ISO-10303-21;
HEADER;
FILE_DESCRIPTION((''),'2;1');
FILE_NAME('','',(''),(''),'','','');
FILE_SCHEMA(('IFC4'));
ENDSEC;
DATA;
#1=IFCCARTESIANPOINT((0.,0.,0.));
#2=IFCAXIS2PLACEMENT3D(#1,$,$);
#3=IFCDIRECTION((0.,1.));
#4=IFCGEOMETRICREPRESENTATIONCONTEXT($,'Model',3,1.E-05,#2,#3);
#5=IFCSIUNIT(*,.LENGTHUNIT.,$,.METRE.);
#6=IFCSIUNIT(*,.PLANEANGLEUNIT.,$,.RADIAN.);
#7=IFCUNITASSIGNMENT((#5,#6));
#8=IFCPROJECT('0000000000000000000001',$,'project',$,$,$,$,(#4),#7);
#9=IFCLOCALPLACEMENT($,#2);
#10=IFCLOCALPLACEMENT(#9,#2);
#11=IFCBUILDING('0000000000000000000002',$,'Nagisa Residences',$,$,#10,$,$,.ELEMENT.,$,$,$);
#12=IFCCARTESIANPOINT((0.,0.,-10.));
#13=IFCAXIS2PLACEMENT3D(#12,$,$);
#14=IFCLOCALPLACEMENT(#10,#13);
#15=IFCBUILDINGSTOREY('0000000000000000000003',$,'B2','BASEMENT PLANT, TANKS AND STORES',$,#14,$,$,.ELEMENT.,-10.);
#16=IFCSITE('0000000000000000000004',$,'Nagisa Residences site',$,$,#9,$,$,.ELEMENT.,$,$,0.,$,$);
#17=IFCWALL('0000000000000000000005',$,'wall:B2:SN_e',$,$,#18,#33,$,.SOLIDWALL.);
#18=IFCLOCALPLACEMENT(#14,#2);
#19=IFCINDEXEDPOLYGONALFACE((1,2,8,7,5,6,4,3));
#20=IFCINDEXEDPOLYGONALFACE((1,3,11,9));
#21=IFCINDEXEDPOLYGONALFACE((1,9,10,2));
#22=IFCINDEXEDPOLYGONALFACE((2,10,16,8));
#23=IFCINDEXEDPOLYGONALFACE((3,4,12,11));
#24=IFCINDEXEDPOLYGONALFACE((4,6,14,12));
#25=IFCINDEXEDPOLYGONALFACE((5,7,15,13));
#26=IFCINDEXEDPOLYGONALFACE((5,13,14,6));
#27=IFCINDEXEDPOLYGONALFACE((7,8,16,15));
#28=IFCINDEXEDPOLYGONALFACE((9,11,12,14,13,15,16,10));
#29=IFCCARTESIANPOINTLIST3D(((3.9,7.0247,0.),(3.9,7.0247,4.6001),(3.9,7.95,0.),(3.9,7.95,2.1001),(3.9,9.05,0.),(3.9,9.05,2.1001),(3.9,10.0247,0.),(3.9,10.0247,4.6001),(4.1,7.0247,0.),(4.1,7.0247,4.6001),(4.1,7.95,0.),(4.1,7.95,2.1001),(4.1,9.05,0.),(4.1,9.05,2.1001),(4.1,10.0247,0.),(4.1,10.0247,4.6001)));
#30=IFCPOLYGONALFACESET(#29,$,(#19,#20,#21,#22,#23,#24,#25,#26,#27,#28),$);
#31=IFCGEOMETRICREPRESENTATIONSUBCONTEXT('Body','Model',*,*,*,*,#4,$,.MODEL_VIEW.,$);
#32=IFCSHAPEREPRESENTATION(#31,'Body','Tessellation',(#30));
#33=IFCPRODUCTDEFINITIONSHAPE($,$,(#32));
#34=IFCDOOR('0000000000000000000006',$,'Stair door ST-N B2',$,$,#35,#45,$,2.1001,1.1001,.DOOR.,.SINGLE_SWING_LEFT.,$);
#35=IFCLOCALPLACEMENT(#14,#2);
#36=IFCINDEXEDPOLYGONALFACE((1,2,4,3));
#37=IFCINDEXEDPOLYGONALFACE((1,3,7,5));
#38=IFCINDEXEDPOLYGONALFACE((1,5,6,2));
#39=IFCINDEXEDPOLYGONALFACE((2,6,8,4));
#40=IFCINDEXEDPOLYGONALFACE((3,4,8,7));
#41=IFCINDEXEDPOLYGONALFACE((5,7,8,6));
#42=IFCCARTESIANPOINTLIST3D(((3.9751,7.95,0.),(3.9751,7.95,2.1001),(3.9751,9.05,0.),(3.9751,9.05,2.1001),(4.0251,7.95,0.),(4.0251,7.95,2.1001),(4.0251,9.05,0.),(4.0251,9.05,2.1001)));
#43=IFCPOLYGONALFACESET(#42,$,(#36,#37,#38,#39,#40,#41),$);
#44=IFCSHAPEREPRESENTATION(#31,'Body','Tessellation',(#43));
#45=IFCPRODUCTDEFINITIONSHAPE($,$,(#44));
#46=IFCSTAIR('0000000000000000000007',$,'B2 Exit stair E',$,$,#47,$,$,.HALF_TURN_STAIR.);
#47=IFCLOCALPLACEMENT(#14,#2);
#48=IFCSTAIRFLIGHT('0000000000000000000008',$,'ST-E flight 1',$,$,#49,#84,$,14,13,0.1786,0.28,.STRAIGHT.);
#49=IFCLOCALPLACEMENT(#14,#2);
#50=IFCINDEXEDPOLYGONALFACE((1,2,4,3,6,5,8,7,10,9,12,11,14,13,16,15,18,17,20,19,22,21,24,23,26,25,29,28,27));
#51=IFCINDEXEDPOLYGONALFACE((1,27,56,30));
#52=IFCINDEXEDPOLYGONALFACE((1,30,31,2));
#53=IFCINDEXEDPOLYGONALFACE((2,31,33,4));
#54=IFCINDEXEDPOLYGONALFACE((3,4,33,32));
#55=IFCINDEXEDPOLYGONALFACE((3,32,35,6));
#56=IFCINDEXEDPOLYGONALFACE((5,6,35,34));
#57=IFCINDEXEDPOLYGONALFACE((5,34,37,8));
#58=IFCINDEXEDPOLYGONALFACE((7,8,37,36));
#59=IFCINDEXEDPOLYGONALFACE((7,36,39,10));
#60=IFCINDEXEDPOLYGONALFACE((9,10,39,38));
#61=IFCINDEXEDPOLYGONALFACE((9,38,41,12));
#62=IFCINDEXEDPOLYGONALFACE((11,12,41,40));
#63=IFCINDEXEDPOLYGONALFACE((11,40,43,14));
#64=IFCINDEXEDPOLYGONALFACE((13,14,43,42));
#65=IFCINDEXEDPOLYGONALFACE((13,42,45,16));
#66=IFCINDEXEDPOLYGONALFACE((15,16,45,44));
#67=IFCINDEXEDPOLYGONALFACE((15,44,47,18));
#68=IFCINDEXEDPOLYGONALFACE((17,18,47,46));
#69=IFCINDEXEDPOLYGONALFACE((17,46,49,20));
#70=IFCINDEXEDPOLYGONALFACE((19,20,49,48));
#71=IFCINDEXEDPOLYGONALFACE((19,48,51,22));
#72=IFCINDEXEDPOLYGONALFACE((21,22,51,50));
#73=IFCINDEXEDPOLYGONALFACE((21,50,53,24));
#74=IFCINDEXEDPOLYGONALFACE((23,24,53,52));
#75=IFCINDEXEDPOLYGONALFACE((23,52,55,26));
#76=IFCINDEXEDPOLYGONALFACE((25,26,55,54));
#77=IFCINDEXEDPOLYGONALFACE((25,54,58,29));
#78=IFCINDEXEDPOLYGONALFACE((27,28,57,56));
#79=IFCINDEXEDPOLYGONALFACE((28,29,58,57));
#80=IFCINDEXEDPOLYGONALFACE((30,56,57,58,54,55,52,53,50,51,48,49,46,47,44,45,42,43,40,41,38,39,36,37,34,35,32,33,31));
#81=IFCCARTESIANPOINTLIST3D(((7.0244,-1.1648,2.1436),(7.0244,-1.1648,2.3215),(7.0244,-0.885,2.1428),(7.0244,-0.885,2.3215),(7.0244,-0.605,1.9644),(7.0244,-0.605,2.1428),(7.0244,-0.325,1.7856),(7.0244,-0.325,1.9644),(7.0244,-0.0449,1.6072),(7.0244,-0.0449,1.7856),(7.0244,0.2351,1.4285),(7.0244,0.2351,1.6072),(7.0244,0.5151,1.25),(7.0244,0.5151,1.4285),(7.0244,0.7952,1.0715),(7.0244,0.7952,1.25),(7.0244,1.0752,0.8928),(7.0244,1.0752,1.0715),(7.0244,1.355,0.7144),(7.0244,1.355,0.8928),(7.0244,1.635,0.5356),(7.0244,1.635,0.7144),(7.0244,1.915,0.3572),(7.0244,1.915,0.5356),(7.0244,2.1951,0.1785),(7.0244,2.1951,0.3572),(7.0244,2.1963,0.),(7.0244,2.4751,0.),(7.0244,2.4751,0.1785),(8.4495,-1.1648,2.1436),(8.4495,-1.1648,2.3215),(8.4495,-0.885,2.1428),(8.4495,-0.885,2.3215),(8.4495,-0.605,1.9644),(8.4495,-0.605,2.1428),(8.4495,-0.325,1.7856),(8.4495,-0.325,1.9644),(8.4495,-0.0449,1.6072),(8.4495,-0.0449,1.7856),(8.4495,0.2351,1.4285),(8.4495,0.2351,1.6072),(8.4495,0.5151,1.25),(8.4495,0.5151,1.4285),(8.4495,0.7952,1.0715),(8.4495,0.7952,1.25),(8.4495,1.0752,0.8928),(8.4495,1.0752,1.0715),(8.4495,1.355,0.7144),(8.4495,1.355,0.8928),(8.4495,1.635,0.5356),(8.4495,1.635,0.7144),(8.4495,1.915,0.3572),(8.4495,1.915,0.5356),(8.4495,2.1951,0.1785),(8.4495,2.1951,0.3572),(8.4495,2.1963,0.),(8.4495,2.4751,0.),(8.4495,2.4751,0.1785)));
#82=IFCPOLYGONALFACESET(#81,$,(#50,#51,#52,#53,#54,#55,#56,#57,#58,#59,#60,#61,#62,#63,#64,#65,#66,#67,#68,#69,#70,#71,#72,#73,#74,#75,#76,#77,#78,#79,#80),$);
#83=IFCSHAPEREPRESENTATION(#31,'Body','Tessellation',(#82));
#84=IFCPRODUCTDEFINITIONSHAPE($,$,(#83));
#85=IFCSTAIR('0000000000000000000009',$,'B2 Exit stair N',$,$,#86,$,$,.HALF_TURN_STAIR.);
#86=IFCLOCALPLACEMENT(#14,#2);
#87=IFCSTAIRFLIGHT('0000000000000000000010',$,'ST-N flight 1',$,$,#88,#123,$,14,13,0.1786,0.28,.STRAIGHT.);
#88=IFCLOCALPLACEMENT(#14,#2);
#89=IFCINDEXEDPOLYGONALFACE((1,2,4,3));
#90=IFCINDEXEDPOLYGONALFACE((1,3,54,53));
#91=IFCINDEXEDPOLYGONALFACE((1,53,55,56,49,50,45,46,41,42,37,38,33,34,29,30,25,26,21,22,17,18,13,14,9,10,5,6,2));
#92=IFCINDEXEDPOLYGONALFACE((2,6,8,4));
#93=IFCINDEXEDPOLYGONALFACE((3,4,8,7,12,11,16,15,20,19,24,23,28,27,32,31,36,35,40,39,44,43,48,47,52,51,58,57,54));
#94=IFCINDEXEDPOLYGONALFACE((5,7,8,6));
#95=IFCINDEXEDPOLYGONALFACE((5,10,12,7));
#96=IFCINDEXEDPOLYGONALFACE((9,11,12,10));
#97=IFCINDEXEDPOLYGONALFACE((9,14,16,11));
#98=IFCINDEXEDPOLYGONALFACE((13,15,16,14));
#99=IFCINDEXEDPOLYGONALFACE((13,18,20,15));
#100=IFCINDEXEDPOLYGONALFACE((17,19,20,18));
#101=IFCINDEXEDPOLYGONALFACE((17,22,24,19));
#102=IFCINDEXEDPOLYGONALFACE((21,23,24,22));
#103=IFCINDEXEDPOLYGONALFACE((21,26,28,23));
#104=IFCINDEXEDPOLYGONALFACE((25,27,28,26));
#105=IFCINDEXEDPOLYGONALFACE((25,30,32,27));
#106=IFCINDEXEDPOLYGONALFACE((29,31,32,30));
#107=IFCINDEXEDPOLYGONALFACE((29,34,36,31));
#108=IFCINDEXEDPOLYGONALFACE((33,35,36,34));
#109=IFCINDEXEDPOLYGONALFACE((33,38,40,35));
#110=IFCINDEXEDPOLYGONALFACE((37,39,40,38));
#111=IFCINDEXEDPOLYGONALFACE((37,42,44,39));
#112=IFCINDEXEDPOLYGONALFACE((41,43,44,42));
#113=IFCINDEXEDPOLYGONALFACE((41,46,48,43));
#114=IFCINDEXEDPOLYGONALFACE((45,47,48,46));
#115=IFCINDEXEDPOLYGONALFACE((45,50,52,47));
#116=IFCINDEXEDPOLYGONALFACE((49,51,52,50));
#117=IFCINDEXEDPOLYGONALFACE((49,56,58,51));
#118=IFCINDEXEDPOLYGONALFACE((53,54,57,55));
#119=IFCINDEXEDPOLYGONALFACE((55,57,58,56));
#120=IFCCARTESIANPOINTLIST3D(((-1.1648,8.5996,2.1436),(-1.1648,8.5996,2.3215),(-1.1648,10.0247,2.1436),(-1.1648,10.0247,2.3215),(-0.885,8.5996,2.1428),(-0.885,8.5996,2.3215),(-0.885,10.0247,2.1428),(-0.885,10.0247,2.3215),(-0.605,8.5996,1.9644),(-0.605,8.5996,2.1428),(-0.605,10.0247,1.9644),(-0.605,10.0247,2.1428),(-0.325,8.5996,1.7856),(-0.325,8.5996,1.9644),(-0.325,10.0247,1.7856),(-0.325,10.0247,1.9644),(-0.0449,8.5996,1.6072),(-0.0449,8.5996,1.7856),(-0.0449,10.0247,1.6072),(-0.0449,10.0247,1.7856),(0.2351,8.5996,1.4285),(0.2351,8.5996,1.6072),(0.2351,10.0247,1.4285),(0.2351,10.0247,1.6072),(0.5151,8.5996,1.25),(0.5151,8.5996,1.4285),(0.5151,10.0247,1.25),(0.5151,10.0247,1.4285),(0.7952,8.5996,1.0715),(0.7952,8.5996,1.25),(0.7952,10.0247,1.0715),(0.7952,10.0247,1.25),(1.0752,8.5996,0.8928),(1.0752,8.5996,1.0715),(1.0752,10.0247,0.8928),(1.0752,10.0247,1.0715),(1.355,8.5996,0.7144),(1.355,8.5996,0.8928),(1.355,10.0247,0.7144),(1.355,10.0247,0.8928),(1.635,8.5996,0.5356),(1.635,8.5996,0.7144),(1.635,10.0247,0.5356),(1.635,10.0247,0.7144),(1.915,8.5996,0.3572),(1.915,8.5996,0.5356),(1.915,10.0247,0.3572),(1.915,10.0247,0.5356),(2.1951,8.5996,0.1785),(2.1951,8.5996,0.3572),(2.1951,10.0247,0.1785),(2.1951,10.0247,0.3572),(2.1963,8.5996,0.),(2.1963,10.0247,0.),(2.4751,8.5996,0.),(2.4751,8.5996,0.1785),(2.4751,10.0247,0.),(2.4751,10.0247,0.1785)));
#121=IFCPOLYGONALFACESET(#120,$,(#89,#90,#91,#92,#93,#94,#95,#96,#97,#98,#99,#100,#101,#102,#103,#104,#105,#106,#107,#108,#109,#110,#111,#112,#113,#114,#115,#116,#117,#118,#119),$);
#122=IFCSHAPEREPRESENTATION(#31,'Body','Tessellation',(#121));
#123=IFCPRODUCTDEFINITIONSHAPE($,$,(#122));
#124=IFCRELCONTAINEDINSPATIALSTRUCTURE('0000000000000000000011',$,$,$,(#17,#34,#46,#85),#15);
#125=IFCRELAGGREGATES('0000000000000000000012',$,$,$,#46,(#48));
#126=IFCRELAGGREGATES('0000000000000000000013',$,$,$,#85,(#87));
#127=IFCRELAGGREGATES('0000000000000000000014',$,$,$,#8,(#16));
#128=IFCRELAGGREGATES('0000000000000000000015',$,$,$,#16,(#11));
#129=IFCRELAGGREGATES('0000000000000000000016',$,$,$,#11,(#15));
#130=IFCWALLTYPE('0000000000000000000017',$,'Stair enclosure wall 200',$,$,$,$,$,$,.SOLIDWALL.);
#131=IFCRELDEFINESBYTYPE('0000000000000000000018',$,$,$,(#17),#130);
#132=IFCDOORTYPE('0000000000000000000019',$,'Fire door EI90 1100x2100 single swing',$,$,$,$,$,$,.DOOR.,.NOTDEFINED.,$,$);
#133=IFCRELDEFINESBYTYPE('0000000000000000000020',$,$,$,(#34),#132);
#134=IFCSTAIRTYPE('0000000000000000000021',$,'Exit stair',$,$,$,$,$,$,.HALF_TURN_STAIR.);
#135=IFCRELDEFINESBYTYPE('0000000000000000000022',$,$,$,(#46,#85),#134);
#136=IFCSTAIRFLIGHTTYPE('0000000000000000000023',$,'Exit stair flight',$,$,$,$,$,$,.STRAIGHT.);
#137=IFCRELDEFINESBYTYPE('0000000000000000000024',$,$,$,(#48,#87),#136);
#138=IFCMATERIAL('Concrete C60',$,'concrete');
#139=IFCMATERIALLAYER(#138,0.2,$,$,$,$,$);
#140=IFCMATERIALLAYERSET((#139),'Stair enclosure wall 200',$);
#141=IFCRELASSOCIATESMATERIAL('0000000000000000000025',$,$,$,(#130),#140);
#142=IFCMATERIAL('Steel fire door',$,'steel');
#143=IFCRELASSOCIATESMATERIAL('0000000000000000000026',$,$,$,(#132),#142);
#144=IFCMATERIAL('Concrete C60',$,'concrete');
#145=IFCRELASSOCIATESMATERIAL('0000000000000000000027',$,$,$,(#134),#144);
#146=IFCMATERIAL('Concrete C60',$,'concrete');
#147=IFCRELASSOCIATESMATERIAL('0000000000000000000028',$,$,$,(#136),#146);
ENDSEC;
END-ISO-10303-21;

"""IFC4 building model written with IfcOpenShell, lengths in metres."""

from ifc_helpers import new_model, si_unit, direction, frame, frame_2d, origin, place, context, subcontext, project, spatial, polyline, rectangle, outline, extrude, material, layer, layer_set, type_object, element, fill, aggregate, save


model = new_model("IFC4")

# Units and contexts
model_context = context("Model", 3, precision=1e-05, world=origin(), true_north=direction((0.0, 1.0)))
body_context = subcontext(model_context, "Body", "Model", "MODEL_VIEW")
ifc_project = project(units=[si_unit("LENGTHUNIT", "METRE"), si_unit("PLANEANGLEUNIT", "RADIAN")], contexts=[model_context])

# Site, building, storey
site_placement = place(None, origin())
site = spatial("IfcSite", under=ifc_project, at=site_placement, Name="Nagisa Residences site", CompositionType="ELEMENT", RefElevation=0.0)
building_placement = place(site_placement, origin())
building = spatial("IfcBuilding", under=site, at=building_placement, Name="Nagisa Residences", CompositionType="ELEMENT")
storey_placement = place(building_placement, frame((0.0, 0.0, -10.0)))
storey = spatial("IfcBuildingStorey", under=building, at=storey_placement, Name="B2", Description="BASEMENT PLANT, TANKS AND STORES", CompositionType="ELEMENT", Elevation=-10.0)

# Wall, opening, door
ifc_material_1 = material(Name="Concrete C60", Category="concrete")
ifc_layer_1 = layer(ifc_material_1, 0.2)
ifc_layer_set_1 = layer_set([ifc_layer_1], Name="Stair enclosure wall 200")
wall_type_1 = type_object("IfcWallType", Name="Stair enclosure wall 200", PredefinedType="SOLIDWALL", material=ifc_layer_set_1)
ifc_material_2 = material(Name="Steel fire door", Category="steel")
door_type_1 = type_object("IfcDoorType", Name="Fire door EI90 1100x2100 single swing", OperationType="NOTDEFINED", PredefinedType="DOOR", material=ifc_material_2)
wall_1_placement = place(storey_placement, frame((4.0, 7.0247, 0.0), z_axis=(0.0, 0.0, 1.0), x_axis=(0.0, 1.0, 0.0)))
wall_1 = element("IfcWall", 1, at=wall_1_placement, inside=storey, type_object=wall_type_1, Name="wall:B2:SN_e", PredefinedType="SOLIDWALL", context=body_context, shape_type="SweptSolid", body=[
    extrude(rectangle(XDim=3.0, YDim=0.2, at=frame_2d((1.5, 0.0))), origin(), (0.0, 0.0, 1.0), 4.6001),
])
opening_1_placement = place(wall_1_placement, frame((0.9253, 0.0, 0.0)))
opening_1 = element("IfcOpeningElement", 2, at=opening_1_placement, cuts=wall_1, PredefinedType="OPENING", context=body_context, shape_type="SweptSolid", body=[
    extrude(rectangle(XDim=1.1001, YDim=2.1001, at=frame_2d((0.55, 1.05))), frame((0.0, 0.1099, 0.0), z_axis=(0.0, -1.0, 0.0), x_axis=(1.0, 0.0, 0.0)), (0.0, 0.0, 1.0), 0.22),
])
door_1_placement = place(opening_1_placement, origin())
door_1 = element("IfcDoor", 3, at=door_1_placement, inside=storey, type_object=door_type_1, Name="Stair door ST-N B2", OperationType="SINGLE_SWING_LEFT", OverallHeight=2.1001, OverallWidth=1.1001, PredefinedType="DOOR", context=body_context, shape_type="SweptSolid", body=[
    extrude(rectangle(XDim=1.1001, YDim=2.1001, at=frame_2d((0.55, 1.05))), frame((0.0, 0.0249, 0.0), z_axis=(0.0, -1.0, 0.0), x_axis=(1.0, 0.0, 0.0)), (0.0, 0.0, 1.0), 0.05),
])
fill(opening_1, door_1)

# Stairs, stair flights
ifc_material_3 = material(Name="Concrete C60", Category="concrete")
stair_type = type_object("IfcStairType", Name="Exit stair", PredefinedType="HALF_TURN_STAIR", material=ifc_material_3)
stair_1_placement = place(storey_placement, origin())
stair_1 = element("IfcStair", 4, at=stair_1_placement, inside=storey, type_object=stair_type, Name="B2 Exit stair E", PredefinedType="HALF_TURN_STAIR")
ifc_material_4 = material(Name="Concrete C60", Category="concrete")
stair_flight_type = type_object("IfcStairFlightType", Name="Exit stair flight", PredefinedType="STRAIGHT", material=ifc_material_4)
stair_flight_1_placement = place(storey_placement, frame((7.7371, 2.4751, 0.0), z_axis=(0.0, 0.0, 1.0), x_axis=(0.0, -1.0, 0.0)))
stair_flight_1 = element("IfcStairFlight", 5, at=stair_flight_1_placement, type_object=stair_flight_type, Name="ST-E flight 1", NumberOfRisers=14, NumberOfTreads=13, PredefinedType="STRAIGHT", RiserHeight=0.1786, TreadLength=0.28, context=body_context, shape_type="SweptSolid", body=[
    extrude(outline(polyline([(0.0, 0.0), (0.0, 0.1785), (0.28, 0.1785), (0.28, 0.3572), (0.5601, 0.3572), (0.5601, 0.5356), (0.8401, 0.5356), (0.8401, 0.7144), (1.1201, 0.7144), (1.1201, 0.8928), (1.3999, 0.8928), (1.3999, 1.0715), (1.6799, 1.0715), (1.6799, 1.25), (1.96, 1.25), (1.96, 1.4285), (2.24, 1.4285), (2.24, 1.6072), (2.52, 1.6072), (2.52, 1.7856), (2.8, 1.7856), (2.8, 1.9644), (3.0801, 1.9644), (3.0801, 2.1428), (3.3601, 2.1428), (3.3601, 2.3215), (3.6399, 2.3215), (3.6399, 2.5), (3.6399, 2.1436), (0.2788, 0.0), (0.0, 0.0)])), frame((0.0, 0.7124, 0.0), z_axis=(0.0, -1.0, 0.0), x_axis=(1.0, 0.0, 0.0)), (0.0, 0.0, 1.0), 1.425),
])
aggregate(stair_1, [stair_flight_1])
stair_2_placement = place(storey_placement, origin())
stair_2 = element("IfcStair", 6, at=stair_2_placement, inside=storey, type_object=stair_type, Name="B2 Exit stair N", PredefinedType="HALF_TURN_STAIR")
stair_flight_2_placement = place(storey_placement, frame((2.4751, 9.312, 0.0), z_axis=(0.0, 0.0, 1.0), x_axis=(-1.0, 0.0, 0.0)))
stair_flight_2 = element("IfcStairFlight", 7, at=stair_flight_2_placement, type_object=stair_flight_type, Name="ST-N flight 1", NumberOfRisers=14, NumberOfTreads=13, PredefinedType="STRAIGHT", RiserHeight=0.1786, TreadLength=0.28, context=body_context, shape_type="SweptSolid", body=[
    extrude(outline(polyline([(0.0, 0.0), (0.0, 0.1785), (0.28, 0.1785), (0.28, 0.3572), (0.5601, 0.3572), (0.5601, 0.5356), (0.8401, 0.5356), (0.8401, 0.7144), (1.1201, 0.7144), (1.1201, 0.8928), (1.3999, 0.8928), (1.3999, 1.0715), (1.6799, 1.0715), (1.6799, 1.25), (1.96, 1.25), (1.96, 1.4285), (2.24, 1.4285), (2.24, 1.6072), (2.52, 1.6072), (2.52, 1.7856), (2.8, 1.7856), (2.8, 1.9644), (3.0801, 1.9644), (3.0801, 2.1428), (3.3601, 2.1428), (3.3601, 2.3215), (3.6399, 2.3215), (3.6399, 2.5), (3.6399, 2.1436), (0.2788, 0.0), (0.0, 0.0)])), frame((0.0, 0.7124, 0.0), z_axis=(0.0, -1.0, 0.0), x_axis=(1.0, 0.0, 0.0)), (0.0, 0.0, 1.0), 1.425),
])
aggregate(stair_2, [stair_flight_2])

save(model, "model.ifc")
